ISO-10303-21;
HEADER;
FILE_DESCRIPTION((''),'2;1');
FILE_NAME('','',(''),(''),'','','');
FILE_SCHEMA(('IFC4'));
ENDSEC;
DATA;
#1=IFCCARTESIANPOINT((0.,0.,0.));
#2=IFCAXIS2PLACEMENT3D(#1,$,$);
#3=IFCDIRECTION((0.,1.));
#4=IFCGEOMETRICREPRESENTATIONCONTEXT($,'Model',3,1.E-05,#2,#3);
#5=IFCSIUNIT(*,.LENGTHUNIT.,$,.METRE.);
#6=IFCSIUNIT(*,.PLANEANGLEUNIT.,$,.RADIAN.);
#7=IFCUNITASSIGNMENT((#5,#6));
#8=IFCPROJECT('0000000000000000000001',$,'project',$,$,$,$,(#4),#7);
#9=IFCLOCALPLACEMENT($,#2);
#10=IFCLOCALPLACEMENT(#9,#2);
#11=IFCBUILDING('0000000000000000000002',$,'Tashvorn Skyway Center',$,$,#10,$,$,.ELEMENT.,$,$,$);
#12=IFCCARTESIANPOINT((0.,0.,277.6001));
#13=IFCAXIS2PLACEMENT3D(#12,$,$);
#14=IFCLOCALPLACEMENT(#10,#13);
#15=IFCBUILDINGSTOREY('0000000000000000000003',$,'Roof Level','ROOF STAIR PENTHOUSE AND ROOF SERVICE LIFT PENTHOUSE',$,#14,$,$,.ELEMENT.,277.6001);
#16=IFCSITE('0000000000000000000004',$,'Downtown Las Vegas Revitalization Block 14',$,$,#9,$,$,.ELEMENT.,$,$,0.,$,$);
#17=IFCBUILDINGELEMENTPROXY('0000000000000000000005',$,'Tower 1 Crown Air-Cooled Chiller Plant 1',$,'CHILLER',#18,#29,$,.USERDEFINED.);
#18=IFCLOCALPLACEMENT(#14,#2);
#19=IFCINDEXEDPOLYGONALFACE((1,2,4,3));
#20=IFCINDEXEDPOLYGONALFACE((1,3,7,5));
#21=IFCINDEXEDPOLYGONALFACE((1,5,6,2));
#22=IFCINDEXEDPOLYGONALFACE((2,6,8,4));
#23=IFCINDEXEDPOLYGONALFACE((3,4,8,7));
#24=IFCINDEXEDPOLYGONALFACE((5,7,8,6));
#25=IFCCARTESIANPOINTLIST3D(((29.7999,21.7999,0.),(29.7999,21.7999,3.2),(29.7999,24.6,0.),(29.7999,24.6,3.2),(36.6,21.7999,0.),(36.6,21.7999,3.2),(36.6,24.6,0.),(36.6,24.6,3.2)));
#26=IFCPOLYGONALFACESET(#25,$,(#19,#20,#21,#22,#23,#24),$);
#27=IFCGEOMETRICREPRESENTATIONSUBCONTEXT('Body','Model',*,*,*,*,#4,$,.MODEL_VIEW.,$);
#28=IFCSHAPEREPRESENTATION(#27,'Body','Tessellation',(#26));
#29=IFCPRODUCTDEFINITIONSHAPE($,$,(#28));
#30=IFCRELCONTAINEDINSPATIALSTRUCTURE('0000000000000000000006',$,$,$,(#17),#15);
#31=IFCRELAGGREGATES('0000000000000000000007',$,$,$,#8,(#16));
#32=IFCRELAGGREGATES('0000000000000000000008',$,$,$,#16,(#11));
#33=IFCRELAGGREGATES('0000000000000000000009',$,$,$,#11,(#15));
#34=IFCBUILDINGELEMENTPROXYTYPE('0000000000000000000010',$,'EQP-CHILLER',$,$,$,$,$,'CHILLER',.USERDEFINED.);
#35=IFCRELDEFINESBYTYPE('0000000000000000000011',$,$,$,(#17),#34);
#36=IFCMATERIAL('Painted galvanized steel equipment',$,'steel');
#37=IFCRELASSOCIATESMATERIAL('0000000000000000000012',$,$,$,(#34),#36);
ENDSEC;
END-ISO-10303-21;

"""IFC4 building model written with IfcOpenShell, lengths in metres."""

from ifc_helpers import new_model, si_unit, direction, frame, origin, origin_2d, place, context, subcontext, project, spatial, rectangle, extrude, material, type_object, element, save


model = new_model("IFC4")

# Units and contexts
model_context = context("Model", 3, precision=1e-05, world=origin(), true_north=direction((0.0, 1.0)))
body_context = subcontext(model_context, "Body", "Model", "MODEL_VIEW")
ifc_project = project(units=[si_unit("LENGTHUNIT", "METRE"), si_unit("PLANEANGLEUNIT", "RADIAN")], contexts=[model_context])

# Site, building, storey
site_placement = place(None, origin())
site = spatial("IfcSite", under=ifc_project, at=site_placement, Name="Downtown Las Vegas Revitalization Block 14", CompositionType="ELEMENT", RefElevation=0.0)
building_placement = place(site_placement, origin())
building = spatial("IfcBuilding", under=site, at=building_placement, Name="Tashvorn Skyway Center", CompositionType="ELEMENT")
storey_placement = place(building_placement, frame((0.0, 0.0, 277.6001)))
storey = spatial("IfcBuildingStorey", under=building, at=storey_placement, Name="Roof Level", Description="ROOF STAIR PENTHOUSE AND ROOF SERVICE LIFT PENTHOUSE", CompositionType="ELEMENT", Elevation=277.6001)

# Building element proxy
ifc_material_1 = material(Name="Painted galvanized steel equipment", Category="steel")
building_element_proxy_type = type_object("IfcBuildingElementProxyType", Name="EQP-CHILLER", ElementType="CHILLER", PredefinedType="USERDEFINED", material=ifc_material_1)
proxy_placement = place(storey_placement, frame((33.2, 23.2, 0.0), z_axis=(0.0, 0.0, 1.0), x_axis=(1.0, 0.0, 0.0)))
element("IfcBuildingElementProxy", 1, at=proxy_placement, inside=storey, type_object=building_element_proxy_type, Name="Tower 1 Crown Air-Cooled Chiller Plant 1", ObjectType="CHILLER", PredefinedType="USERDEFINED", context=body_context, shape_type="SweptSolid", body=[
    extrude(rectangle(XDim=6.8, YDim=2.8, at=origin_2d()), origin(), (0.0, 0.0, 1.0), 3.2),
])

save(model, "model.ifc")
